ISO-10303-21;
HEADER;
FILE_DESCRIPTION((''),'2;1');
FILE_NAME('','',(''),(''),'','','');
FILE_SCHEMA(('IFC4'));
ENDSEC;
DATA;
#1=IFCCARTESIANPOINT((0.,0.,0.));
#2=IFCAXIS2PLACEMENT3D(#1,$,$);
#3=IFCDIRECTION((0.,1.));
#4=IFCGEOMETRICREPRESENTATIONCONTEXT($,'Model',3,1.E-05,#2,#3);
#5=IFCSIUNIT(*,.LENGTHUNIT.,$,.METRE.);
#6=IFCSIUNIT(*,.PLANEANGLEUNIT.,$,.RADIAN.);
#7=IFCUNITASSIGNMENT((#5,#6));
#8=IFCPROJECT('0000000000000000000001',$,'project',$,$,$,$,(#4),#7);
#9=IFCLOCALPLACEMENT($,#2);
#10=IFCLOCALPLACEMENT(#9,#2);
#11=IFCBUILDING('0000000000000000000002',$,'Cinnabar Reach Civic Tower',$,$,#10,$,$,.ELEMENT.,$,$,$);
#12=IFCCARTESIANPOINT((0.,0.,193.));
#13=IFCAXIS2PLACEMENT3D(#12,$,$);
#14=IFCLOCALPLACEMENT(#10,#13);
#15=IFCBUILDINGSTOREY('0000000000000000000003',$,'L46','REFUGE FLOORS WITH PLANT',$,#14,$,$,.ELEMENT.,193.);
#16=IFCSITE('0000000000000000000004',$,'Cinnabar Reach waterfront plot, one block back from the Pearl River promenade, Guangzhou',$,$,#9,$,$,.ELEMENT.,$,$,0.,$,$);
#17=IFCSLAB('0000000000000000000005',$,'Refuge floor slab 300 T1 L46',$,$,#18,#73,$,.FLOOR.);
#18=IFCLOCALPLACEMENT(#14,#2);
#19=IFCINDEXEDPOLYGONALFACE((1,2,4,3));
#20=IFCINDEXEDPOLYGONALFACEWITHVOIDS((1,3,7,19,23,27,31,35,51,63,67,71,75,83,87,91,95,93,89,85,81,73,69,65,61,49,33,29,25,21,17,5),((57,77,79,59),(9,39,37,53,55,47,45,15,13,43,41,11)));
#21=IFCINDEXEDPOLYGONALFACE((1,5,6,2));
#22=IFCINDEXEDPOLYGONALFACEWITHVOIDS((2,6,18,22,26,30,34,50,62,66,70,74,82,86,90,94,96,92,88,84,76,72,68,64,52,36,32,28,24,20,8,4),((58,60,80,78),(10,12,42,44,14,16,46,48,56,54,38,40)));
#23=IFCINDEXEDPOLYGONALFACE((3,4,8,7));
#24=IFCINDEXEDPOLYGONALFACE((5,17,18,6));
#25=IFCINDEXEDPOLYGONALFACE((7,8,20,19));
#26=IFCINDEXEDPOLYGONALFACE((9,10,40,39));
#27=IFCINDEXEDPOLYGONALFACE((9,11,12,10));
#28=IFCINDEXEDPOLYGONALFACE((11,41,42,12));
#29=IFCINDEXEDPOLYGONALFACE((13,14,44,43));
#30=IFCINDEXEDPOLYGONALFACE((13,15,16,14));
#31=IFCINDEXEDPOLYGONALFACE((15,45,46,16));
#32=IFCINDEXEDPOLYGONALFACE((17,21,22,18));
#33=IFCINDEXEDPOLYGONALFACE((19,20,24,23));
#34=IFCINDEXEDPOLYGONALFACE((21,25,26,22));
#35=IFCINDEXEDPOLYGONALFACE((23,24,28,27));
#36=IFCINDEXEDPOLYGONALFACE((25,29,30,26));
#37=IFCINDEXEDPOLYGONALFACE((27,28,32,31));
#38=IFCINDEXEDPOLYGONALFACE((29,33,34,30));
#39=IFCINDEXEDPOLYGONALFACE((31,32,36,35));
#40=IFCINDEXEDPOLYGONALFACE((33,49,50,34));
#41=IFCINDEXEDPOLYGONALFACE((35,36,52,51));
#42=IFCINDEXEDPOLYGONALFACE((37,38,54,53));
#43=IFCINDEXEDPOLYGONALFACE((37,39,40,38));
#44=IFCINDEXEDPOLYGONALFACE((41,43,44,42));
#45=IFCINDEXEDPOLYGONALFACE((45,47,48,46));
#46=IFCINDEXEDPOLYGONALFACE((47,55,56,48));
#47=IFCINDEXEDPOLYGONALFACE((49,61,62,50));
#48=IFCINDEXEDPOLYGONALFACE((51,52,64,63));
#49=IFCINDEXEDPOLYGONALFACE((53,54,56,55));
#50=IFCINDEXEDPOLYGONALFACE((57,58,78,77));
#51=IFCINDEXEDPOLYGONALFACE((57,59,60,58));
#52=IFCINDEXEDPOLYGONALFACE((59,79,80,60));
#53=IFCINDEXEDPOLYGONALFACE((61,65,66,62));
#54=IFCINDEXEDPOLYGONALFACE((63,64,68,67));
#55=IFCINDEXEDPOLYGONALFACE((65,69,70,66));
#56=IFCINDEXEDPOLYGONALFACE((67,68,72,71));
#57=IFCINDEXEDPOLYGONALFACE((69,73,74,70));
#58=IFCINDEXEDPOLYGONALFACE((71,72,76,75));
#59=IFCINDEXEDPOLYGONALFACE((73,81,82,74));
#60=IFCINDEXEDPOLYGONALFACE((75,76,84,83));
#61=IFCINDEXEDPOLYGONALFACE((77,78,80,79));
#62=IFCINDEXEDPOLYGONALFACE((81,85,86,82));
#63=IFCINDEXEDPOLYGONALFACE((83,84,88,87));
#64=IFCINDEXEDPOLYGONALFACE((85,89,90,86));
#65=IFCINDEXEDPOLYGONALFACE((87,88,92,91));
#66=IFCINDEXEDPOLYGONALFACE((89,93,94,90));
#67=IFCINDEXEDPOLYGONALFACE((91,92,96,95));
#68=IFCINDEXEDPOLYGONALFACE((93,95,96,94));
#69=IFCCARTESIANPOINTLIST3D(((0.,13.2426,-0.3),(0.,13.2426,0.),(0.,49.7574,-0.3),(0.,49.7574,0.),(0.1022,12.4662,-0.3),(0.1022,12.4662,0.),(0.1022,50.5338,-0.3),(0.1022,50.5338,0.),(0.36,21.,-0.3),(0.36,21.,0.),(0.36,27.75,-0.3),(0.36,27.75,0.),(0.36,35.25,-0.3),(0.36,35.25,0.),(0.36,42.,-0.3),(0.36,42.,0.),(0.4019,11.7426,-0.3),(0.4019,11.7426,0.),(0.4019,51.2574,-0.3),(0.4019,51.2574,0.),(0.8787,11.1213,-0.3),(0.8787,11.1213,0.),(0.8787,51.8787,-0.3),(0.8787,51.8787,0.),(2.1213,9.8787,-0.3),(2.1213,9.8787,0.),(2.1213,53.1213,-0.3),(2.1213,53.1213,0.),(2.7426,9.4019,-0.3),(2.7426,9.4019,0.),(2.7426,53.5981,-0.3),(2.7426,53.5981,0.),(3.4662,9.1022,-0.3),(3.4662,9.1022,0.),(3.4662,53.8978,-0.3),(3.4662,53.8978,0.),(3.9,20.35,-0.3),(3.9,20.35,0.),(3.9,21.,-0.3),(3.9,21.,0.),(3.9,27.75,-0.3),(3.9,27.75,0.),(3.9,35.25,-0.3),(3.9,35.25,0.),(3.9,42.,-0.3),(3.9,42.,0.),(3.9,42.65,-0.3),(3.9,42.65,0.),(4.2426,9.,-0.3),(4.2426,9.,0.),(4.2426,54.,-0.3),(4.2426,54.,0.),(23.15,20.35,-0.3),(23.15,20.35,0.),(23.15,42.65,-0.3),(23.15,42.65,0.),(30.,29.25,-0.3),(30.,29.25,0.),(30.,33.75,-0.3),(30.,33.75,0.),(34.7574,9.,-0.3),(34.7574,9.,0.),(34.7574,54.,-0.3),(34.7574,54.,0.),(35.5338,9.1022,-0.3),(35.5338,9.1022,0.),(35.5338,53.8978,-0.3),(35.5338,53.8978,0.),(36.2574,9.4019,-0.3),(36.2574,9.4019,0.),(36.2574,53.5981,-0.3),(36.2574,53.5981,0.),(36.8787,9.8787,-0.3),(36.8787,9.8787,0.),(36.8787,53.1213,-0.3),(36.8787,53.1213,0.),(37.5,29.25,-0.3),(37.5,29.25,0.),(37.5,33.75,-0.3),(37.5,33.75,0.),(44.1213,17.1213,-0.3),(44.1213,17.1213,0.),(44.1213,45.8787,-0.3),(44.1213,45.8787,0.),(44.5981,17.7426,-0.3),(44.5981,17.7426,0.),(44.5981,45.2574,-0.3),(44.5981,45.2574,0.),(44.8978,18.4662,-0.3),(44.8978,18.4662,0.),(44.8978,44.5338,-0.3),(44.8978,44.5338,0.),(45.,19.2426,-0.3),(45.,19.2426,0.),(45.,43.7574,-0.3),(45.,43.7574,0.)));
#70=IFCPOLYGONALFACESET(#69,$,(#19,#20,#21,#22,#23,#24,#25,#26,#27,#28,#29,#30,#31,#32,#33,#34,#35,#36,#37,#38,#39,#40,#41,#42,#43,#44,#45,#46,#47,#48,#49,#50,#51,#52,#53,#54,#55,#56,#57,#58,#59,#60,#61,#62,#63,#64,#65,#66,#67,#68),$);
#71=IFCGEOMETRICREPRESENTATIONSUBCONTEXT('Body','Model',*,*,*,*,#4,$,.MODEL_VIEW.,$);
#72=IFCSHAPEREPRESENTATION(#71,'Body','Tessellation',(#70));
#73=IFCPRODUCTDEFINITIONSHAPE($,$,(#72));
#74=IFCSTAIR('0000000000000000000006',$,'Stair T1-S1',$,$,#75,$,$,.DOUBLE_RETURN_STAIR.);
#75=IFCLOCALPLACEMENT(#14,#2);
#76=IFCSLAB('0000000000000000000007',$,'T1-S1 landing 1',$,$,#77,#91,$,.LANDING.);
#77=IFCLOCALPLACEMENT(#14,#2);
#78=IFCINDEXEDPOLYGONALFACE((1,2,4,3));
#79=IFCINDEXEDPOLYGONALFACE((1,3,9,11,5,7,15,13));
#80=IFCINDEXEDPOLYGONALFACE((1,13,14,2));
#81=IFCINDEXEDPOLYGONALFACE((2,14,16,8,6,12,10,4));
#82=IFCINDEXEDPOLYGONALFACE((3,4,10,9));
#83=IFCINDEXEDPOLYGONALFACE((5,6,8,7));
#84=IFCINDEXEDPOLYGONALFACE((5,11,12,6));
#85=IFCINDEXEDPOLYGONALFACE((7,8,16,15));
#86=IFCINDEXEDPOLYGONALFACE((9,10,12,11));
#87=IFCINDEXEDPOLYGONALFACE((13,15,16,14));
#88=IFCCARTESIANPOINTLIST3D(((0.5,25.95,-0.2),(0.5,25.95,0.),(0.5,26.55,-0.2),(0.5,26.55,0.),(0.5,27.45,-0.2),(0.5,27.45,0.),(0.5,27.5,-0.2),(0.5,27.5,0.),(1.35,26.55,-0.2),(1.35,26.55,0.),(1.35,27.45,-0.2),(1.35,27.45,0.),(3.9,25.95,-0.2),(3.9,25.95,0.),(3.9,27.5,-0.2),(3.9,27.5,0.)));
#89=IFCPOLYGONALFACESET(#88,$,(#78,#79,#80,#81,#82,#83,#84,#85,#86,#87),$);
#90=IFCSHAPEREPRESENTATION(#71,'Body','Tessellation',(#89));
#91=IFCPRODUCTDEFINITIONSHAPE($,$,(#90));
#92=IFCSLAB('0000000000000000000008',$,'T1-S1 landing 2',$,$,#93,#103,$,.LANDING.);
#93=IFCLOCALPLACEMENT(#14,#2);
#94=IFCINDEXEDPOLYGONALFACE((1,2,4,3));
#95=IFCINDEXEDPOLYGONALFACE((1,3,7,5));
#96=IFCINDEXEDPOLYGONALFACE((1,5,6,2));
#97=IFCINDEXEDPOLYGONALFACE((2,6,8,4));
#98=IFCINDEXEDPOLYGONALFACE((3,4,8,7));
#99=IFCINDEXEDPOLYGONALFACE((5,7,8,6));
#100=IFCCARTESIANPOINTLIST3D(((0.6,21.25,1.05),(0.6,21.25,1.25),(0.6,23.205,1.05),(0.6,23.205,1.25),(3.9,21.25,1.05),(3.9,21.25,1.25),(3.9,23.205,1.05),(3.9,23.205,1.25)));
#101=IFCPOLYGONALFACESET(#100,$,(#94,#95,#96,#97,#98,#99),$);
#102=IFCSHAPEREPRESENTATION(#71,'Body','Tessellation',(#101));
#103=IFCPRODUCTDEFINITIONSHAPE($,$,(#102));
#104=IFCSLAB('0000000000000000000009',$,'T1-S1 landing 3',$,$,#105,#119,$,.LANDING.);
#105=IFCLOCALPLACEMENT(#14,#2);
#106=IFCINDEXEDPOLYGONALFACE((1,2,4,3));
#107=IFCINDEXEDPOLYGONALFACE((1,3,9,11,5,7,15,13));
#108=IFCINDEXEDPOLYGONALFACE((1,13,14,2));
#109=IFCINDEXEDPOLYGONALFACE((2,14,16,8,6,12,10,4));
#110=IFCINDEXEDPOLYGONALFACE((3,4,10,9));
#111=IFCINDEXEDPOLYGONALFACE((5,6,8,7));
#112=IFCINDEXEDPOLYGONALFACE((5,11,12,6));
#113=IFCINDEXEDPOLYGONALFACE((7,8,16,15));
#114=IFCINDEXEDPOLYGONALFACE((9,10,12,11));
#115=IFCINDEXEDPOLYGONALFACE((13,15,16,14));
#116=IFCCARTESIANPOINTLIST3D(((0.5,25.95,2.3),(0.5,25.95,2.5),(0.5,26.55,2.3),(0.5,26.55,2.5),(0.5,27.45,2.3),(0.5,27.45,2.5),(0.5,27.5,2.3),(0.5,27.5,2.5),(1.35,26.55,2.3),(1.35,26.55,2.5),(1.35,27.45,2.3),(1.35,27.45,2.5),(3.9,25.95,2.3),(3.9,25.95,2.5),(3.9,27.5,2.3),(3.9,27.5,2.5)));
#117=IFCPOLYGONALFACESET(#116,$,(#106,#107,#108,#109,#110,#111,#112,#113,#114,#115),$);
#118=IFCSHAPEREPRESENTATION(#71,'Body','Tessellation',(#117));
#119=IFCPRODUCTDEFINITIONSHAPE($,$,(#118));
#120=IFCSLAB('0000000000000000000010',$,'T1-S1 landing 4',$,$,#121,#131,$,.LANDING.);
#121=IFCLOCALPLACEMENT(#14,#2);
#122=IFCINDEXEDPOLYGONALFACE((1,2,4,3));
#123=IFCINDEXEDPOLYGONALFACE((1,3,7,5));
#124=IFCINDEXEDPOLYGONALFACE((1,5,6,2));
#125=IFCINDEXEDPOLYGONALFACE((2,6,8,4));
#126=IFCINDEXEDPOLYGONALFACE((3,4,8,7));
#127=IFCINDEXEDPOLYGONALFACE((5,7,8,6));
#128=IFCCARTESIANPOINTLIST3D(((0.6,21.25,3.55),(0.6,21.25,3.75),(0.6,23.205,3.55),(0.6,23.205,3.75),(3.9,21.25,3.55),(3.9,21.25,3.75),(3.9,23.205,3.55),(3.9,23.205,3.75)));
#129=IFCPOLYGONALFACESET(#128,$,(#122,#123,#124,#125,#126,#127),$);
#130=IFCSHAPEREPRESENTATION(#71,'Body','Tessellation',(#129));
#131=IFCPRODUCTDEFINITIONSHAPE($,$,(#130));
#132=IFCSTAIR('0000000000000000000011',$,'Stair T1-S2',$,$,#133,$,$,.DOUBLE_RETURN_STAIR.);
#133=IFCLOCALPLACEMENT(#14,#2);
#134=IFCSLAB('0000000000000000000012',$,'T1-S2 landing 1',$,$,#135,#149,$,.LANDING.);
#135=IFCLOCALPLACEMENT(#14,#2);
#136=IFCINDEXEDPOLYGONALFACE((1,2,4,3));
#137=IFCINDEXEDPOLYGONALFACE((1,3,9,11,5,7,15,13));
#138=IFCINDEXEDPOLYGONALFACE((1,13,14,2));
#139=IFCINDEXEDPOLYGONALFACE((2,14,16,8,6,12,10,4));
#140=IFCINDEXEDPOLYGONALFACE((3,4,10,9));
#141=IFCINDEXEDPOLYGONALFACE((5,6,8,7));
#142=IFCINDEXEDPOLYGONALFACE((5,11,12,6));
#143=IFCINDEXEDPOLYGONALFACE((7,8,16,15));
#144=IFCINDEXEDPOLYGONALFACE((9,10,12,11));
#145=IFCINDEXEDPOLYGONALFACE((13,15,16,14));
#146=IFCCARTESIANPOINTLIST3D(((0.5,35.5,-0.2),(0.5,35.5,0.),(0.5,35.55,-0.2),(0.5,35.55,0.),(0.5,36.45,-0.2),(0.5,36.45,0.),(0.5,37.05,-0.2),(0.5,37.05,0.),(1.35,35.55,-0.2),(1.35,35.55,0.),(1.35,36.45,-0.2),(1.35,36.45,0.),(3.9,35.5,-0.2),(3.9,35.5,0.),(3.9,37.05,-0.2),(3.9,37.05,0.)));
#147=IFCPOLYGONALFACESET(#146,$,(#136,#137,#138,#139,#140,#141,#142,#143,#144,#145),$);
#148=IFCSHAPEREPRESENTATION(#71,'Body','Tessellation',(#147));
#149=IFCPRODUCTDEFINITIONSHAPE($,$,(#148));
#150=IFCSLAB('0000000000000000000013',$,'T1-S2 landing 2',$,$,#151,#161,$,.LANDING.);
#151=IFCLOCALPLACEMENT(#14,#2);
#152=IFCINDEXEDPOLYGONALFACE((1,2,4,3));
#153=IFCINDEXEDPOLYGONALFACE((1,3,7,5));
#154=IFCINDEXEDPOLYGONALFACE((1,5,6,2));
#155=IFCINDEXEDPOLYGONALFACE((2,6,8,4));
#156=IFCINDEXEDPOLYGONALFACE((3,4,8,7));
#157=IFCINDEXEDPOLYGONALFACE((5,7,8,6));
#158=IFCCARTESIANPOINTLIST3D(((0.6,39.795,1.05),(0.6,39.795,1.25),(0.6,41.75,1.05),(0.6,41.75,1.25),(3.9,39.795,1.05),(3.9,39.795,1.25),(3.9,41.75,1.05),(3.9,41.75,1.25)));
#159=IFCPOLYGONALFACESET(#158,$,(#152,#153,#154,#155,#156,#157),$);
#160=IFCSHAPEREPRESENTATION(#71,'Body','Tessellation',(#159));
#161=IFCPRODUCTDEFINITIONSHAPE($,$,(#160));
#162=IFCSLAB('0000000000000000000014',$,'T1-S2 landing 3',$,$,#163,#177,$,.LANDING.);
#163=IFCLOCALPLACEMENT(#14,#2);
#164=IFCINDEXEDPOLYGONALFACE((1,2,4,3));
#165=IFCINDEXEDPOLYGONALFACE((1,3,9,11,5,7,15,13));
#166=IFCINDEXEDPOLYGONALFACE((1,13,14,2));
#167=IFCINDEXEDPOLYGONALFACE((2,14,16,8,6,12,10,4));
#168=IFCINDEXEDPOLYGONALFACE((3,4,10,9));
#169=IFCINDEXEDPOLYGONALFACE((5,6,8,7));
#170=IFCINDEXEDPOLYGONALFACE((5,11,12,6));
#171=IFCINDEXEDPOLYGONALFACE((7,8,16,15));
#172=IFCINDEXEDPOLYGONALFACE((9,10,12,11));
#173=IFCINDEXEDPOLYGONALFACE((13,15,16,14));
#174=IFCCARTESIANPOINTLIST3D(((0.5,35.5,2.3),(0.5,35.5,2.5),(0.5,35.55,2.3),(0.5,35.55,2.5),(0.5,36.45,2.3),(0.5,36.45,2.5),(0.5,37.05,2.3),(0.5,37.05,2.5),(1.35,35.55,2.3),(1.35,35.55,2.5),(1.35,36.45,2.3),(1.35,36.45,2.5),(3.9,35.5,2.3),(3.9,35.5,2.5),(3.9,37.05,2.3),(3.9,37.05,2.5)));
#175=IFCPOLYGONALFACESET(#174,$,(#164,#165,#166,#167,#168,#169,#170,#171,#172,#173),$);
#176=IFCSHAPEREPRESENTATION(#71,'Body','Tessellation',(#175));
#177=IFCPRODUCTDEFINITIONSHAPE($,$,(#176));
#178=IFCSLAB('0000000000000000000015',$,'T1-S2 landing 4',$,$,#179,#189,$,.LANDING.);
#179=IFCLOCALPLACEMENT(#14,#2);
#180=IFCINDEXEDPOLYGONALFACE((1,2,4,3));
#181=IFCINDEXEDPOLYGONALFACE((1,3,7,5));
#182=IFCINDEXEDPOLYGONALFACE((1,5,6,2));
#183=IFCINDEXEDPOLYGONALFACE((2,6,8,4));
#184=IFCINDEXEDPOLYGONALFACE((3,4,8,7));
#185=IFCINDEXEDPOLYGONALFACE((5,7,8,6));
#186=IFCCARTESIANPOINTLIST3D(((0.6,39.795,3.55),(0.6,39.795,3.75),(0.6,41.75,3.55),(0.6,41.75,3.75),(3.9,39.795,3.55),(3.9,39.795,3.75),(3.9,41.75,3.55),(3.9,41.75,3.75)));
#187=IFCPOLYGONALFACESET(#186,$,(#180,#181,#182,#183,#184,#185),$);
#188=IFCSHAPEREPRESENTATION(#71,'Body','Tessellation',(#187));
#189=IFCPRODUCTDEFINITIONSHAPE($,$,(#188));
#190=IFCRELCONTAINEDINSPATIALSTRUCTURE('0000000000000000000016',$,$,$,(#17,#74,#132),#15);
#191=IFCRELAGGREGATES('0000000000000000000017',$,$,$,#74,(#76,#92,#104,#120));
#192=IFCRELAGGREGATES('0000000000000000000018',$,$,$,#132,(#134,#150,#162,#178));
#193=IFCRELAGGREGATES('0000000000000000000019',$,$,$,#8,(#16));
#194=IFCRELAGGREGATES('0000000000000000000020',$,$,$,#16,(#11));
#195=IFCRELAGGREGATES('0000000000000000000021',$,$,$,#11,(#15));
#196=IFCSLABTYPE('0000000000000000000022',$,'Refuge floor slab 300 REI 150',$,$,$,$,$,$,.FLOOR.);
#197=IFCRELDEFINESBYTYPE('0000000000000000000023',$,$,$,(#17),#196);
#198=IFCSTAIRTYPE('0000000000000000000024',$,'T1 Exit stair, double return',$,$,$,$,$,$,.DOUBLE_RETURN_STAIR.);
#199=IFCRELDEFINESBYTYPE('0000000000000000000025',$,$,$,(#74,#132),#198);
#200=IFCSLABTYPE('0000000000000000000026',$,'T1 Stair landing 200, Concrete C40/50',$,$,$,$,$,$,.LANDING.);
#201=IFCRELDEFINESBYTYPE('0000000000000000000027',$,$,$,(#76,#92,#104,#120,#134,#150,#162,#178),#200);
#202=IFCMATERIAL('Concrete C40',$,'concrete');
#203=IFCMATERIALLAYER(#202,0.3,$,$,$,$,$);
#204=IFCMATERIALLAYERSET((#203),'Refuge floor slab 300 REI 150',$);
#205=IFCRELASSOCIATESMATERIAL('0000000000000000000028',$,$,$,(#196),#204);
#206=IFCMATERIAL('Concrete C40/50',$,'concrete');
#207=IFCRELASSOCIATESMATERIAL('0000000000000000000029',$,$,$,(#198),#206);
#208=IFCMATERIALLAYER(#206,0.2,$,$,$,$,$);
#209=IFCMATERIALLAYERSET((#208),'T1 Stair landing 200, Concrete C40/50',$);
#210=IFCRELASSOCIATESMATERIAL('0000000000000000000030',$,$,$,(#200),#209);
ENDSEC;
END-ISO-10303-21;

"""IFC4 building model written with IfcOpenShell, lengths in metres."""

from ifc_helpers import new_model, si_unit, direction, frame, origin, place, context, subcontext, project, spatial, polyline, outline, extrude, material, layer, layer_set, type_object, element, aggregate, save


model = new_model("IFC4")

# Units and contexts
model_context = context("Model", 3, precision=1e-05, world=origin(), true_north=direction((0.0, 1.0)))
body_context = subcontext(model_context, "Body", "Model", "MODEL_VIEW")
ifc_project = project(units=[si_unit("LENGTHUNIT", "METRE"), si_unit("PLANEANGLEUNIT", "RADIAN")], contexts=[model_context])

# Site, building, storey
site_placement = place(None, origin())
site = spatial("IfcSite", under=ifc_project, at=site_placement, Name="Cinnabar Reach waterfront plot, one block back from the Pearl River promenade, Guangzhou", CompositionType="ELEMENT", RefElevation=0.0)
building_placement = place(site_placement, origin())
building = spatial("IfcBuilding", under=site, at=building_placement, Name="Cinnabar Reach Civic Tower", CompositionType="ELEMENT")
storey_placement = place(building_placement, frame((0.0, 0.0, 193.0)))
storey = spatial("IfcBuildingStorey", under=building, at=storey_placement, Name="L46", Description="REFUGE FLOORS WITH PLANT", CompositionType="ELEMENT", Elevation=193.0)

# Slab
ifc_material_1 = material(Name="Concrete C40", Category="concrete")
ifc_layer_1 = layer(ifc_material_1, 0.3)
ifc_layer_set_1 = layer_set([ifc_layer_1], Name="Refuge floor slab 300 REI 150")
slab_type_1 = type_object("IfcSlabType", Name="Refuge floor slab 300 REI 150", PredefinedType="FLOOR", material=ifc_layer_set_1)
slab_1_placement = place(storey_placement, frame((0.0, 0.0, -0.3)))
element("IfcSlab", 1, at=slab_1_placement, inside=storey, type_object=slab_type_1, Name="Refuge floor slab 300 T1 L46", PredefinedType="FLOOR", context=body_context, shape_type="SweptSolid", body=[
    extrude(outline(polyline([(0.8787, 11.1213), (0.4019, 11.7426), (0.1022, 12.4662), (0.0, 13.2426), (0.0, 49.7574), (0.1022, 50.5338), (0.4019, 51.2574), (0.8787, 51.8787), (2.1213, 53.1213), (2.7426, 53.5981), (3.4662, 53.8978), (4.2426, 54.0), (34.7574, 54.0), (35.5338, 53.8978), (36.2574, 53.5981), (36.8787, 53.1213), (44.1213, 45.8787), (44.5981, 45.2574), (44.8978, 44.5338), (45.0, 43.7574), (45.0, 19.2426), (44.8978, 18.4662), (44.5981, 17.7426), (44.1213, 17.1213), (36.8787, 9.8787), (36.2574, 9.4019), (35.5338, 9.1022), (34.7574, 9.0), (4.2426, 9.0), (3.4662, 9.1022), (2.7426, 9.4019), (2.1213, 9.8787), (0.8787, 11.1213)]), holes=[polyline([(0.36, 21.0), (3.9, 21.0), (3.9, 20.35), (23.15, 20.35), (23.15, 42.65), (3.9, 42.65), (3.9, 42.0), (0.36, 42.0), (0.36, 35.25), (3.9, 35.25), (3.9, 27.75), (0.36, 27.75), (0.36, 21.0)]), polyline([(30.0, 33.75), (30.0, 29.25), (37.5, 29.25), (37.5, 33.75), (30.0, 33.75)])]), origin(), (0.0, 0.0, 1.0), 0.3),
])

# Stairs, slabs
ifc_material_2 = material(Name="Concrete C40/50", Category="concrete")
stair_type = type_object("IfcStairType", Name="T1 Exit stair, double return", PredefinedType="DOUBLE_RETURN_STAIR", material=ifc_material_2)
stair_1_placement = place(storey_placement, origin())
stair_1 = element("IfcStair", 2, at=stair_1_placement, inside=storey, type_object=stair_type, Name="Stair T1-S1", PredefinedType="DOUBLE_RETURN_STAIR")
ifc_layer_2 = layer(ifc_material_2, 0.2)
ifc_layer_set_2 = layer_set([ifc_layer_2], Name="T1 Stair landing 200, Concrete C40/50")
slab_type_2 = type_object("IfcSlabType", Name="T1 Stair landing 200, Concrete C40/50", PredefinedType="LANDING", material=ifc_layer_set_2)
slab_2_placement = place(storey_placement, frame((0.0, 0.0, -0.2)))
slab_2 = element("IfcSlab", 3, at=slab_2_placement, type_object=slab_type_2, Name="T1-S1 landing 1", PredefinedType="LANDING", context=body_context, shape_type="SweptSolid", body=[
    extrude(outline(polyline([(0.5, 27.5), (3.9, 27.5), (3.9, 25.95), (0.5, 25.95), (0.5, 26.55), (1.35, 26.55), (1.35, 27.45), (0.5, 27.45), (0.5, 27.5)])), origin(), (0.0, 0.0, 1.0), 0.2),
])
slab_3_placement = place(storey_placement, frame((0.0, 0.0, 1.05)))
slab_3 = element("IfcSlab", 4, at=slab_3_placement, type_object=slab_type_2, Name="T1-S1 landing 2", PredefinedType="LANDING", context=body_context, shape_type="SweptSolid", body=[
    extrude(outline(polyline([(0.6, 21.25), (0.6, 23.205), (3.9, 23.205), (3.9, 21.25), (0.6, 21.25)])), origin(), (0.0, 0.0, 1.0), 0.2),
])
slab_4_placement = place(storey_placement, frame((0.0, 0.0, 2.3)))
slab_4 = element("IfcSlab", 5, at=slab_4_placement, type_object=slab_type_2, Name="T1-S1 landing 3", PredefinedType="LANDING", context=body_context, shape_type="SweptSolid", body=[
    extrude(outline(polyline([(0.5, 27.5), (3.9, 27.5), (3.9, 25.95), (0.5, 25.95), (0.5, 26.55), (1.35, 26.55), (1.35, 27.45), (0.5, 27.45), (0.5, 27.5)])), origin(), (0.0, 0.0, 1.0), 0.2),
])
slab_5_placement = place(storey_placement, frame((0.0, 0.0, 3.55)))
slab_5 = element("IfcSlab", 6, at=slab_5_placement, type_object=slab_type_2, Name="T1-S1 landing 4", PredefinedType="LANDING", context=body_context, shape_type="SweptSolid", body=[
    extrude(outline(polyline([(0.6, 21.25), (0.6, 23.205), (3.9, 23.205), (3.9, 21.25), (0.6, 21.25)])), origin(), (0.0, 0.0, 1.0), 0.2),
])
aggregate(stair_1, [slab_2, slab_3, slab_4, slab_5])
stair_2_placement = place(storey_placement, origin())
stair_2 = element("IfcStair", 7, at=stair_2_placement, inside=storey, type_object=stair_type, Name="Stair T1-S2", PredefinedType="DOUBLE_RETURN_STAIR")
slab_6_placement = place(storey_placement, frame((0.0, 0.0, -0.2)))
slab_6 = element("IfcSlab", 8, at=slab_6_placement, type_object=slab_type_2, Name="T1-S2 landing 1", PredefinedType="LANDING", context=body_context, shape_type="SweptSolid", body=[
    extrude(outline(polyline([(0.5, 37.05), (3.9, 37.05), (3.9, 35.5), (0.5, 35.5), (0.5, 35.55), (1.35, 35.55), (1.35, 36.45), (0.5, 36.45), (0.5, 37.05)])), origin(), (0.0, 0.0, 1.0), 0.2),
])
slab_7_placement = place(storey_placement, frame((0.0, 0.0, 1.05)))
slab_7 = element("IfcSlab", 9, at=slab_7_placement, type_object=slab_type_2, Name="T1-S2 landing 2", PredefinedType="LANDING", context=body_context, shape_type="SweptSolid", body=[
    extrude(outline(polyline([(0.6, 39.795), (0.6, 41.75), (3.9, 41.75), (3.9, 39.795), (0.6, 39.795)])), origin(), (0.0, 0.0, 1.0), 0.2),
])
slab_8_placement = place(storey_placement, frame((0.0, 0.0, 2.3)))
slab_8 = element("IfcSlab", 10, at=slab_8_placement, type_object=slab_type_2, Name="T1-S2 landing 3", PredefinedType="LANDING", context=body_context, shape_type="SweptSolid", body=[
    extrude(outline(polyline([(0.5, 37.05), (3.9, 37.05), (3.9, 35.5), (0.5, 35.5), (0.5, 35.55), (1.35, 35.55), (1.35, 36.45), (0.5, 36.45), (0.5, 37.05)])), origin(), (0.0, 0.0, 1.0), 0.2),
])
slab_9_placement = place(storey_placement, frame((0.0, 0.0, 3.55)))
slab_9 = element("IfcSlab", 11, at=slab_9_placement, type_object=slab_type_2, Name="T1-S2 landing 4", PredefinedType="LANDING", context=body_context, shape_type="SweptSolid", body=[
    extrude(outline(polyline([(0.6, 39.795), (0.6, 41.75), (3.9, 41.75), (3.9, 39.795), (0.6, 39.795)])), origin(), (0.0, 0.0, 1.0), 0.2),
])
aggregate(stair_2, [slab_6, slab_7, slab_8, slab_9])

save(model, "model.ifc")
